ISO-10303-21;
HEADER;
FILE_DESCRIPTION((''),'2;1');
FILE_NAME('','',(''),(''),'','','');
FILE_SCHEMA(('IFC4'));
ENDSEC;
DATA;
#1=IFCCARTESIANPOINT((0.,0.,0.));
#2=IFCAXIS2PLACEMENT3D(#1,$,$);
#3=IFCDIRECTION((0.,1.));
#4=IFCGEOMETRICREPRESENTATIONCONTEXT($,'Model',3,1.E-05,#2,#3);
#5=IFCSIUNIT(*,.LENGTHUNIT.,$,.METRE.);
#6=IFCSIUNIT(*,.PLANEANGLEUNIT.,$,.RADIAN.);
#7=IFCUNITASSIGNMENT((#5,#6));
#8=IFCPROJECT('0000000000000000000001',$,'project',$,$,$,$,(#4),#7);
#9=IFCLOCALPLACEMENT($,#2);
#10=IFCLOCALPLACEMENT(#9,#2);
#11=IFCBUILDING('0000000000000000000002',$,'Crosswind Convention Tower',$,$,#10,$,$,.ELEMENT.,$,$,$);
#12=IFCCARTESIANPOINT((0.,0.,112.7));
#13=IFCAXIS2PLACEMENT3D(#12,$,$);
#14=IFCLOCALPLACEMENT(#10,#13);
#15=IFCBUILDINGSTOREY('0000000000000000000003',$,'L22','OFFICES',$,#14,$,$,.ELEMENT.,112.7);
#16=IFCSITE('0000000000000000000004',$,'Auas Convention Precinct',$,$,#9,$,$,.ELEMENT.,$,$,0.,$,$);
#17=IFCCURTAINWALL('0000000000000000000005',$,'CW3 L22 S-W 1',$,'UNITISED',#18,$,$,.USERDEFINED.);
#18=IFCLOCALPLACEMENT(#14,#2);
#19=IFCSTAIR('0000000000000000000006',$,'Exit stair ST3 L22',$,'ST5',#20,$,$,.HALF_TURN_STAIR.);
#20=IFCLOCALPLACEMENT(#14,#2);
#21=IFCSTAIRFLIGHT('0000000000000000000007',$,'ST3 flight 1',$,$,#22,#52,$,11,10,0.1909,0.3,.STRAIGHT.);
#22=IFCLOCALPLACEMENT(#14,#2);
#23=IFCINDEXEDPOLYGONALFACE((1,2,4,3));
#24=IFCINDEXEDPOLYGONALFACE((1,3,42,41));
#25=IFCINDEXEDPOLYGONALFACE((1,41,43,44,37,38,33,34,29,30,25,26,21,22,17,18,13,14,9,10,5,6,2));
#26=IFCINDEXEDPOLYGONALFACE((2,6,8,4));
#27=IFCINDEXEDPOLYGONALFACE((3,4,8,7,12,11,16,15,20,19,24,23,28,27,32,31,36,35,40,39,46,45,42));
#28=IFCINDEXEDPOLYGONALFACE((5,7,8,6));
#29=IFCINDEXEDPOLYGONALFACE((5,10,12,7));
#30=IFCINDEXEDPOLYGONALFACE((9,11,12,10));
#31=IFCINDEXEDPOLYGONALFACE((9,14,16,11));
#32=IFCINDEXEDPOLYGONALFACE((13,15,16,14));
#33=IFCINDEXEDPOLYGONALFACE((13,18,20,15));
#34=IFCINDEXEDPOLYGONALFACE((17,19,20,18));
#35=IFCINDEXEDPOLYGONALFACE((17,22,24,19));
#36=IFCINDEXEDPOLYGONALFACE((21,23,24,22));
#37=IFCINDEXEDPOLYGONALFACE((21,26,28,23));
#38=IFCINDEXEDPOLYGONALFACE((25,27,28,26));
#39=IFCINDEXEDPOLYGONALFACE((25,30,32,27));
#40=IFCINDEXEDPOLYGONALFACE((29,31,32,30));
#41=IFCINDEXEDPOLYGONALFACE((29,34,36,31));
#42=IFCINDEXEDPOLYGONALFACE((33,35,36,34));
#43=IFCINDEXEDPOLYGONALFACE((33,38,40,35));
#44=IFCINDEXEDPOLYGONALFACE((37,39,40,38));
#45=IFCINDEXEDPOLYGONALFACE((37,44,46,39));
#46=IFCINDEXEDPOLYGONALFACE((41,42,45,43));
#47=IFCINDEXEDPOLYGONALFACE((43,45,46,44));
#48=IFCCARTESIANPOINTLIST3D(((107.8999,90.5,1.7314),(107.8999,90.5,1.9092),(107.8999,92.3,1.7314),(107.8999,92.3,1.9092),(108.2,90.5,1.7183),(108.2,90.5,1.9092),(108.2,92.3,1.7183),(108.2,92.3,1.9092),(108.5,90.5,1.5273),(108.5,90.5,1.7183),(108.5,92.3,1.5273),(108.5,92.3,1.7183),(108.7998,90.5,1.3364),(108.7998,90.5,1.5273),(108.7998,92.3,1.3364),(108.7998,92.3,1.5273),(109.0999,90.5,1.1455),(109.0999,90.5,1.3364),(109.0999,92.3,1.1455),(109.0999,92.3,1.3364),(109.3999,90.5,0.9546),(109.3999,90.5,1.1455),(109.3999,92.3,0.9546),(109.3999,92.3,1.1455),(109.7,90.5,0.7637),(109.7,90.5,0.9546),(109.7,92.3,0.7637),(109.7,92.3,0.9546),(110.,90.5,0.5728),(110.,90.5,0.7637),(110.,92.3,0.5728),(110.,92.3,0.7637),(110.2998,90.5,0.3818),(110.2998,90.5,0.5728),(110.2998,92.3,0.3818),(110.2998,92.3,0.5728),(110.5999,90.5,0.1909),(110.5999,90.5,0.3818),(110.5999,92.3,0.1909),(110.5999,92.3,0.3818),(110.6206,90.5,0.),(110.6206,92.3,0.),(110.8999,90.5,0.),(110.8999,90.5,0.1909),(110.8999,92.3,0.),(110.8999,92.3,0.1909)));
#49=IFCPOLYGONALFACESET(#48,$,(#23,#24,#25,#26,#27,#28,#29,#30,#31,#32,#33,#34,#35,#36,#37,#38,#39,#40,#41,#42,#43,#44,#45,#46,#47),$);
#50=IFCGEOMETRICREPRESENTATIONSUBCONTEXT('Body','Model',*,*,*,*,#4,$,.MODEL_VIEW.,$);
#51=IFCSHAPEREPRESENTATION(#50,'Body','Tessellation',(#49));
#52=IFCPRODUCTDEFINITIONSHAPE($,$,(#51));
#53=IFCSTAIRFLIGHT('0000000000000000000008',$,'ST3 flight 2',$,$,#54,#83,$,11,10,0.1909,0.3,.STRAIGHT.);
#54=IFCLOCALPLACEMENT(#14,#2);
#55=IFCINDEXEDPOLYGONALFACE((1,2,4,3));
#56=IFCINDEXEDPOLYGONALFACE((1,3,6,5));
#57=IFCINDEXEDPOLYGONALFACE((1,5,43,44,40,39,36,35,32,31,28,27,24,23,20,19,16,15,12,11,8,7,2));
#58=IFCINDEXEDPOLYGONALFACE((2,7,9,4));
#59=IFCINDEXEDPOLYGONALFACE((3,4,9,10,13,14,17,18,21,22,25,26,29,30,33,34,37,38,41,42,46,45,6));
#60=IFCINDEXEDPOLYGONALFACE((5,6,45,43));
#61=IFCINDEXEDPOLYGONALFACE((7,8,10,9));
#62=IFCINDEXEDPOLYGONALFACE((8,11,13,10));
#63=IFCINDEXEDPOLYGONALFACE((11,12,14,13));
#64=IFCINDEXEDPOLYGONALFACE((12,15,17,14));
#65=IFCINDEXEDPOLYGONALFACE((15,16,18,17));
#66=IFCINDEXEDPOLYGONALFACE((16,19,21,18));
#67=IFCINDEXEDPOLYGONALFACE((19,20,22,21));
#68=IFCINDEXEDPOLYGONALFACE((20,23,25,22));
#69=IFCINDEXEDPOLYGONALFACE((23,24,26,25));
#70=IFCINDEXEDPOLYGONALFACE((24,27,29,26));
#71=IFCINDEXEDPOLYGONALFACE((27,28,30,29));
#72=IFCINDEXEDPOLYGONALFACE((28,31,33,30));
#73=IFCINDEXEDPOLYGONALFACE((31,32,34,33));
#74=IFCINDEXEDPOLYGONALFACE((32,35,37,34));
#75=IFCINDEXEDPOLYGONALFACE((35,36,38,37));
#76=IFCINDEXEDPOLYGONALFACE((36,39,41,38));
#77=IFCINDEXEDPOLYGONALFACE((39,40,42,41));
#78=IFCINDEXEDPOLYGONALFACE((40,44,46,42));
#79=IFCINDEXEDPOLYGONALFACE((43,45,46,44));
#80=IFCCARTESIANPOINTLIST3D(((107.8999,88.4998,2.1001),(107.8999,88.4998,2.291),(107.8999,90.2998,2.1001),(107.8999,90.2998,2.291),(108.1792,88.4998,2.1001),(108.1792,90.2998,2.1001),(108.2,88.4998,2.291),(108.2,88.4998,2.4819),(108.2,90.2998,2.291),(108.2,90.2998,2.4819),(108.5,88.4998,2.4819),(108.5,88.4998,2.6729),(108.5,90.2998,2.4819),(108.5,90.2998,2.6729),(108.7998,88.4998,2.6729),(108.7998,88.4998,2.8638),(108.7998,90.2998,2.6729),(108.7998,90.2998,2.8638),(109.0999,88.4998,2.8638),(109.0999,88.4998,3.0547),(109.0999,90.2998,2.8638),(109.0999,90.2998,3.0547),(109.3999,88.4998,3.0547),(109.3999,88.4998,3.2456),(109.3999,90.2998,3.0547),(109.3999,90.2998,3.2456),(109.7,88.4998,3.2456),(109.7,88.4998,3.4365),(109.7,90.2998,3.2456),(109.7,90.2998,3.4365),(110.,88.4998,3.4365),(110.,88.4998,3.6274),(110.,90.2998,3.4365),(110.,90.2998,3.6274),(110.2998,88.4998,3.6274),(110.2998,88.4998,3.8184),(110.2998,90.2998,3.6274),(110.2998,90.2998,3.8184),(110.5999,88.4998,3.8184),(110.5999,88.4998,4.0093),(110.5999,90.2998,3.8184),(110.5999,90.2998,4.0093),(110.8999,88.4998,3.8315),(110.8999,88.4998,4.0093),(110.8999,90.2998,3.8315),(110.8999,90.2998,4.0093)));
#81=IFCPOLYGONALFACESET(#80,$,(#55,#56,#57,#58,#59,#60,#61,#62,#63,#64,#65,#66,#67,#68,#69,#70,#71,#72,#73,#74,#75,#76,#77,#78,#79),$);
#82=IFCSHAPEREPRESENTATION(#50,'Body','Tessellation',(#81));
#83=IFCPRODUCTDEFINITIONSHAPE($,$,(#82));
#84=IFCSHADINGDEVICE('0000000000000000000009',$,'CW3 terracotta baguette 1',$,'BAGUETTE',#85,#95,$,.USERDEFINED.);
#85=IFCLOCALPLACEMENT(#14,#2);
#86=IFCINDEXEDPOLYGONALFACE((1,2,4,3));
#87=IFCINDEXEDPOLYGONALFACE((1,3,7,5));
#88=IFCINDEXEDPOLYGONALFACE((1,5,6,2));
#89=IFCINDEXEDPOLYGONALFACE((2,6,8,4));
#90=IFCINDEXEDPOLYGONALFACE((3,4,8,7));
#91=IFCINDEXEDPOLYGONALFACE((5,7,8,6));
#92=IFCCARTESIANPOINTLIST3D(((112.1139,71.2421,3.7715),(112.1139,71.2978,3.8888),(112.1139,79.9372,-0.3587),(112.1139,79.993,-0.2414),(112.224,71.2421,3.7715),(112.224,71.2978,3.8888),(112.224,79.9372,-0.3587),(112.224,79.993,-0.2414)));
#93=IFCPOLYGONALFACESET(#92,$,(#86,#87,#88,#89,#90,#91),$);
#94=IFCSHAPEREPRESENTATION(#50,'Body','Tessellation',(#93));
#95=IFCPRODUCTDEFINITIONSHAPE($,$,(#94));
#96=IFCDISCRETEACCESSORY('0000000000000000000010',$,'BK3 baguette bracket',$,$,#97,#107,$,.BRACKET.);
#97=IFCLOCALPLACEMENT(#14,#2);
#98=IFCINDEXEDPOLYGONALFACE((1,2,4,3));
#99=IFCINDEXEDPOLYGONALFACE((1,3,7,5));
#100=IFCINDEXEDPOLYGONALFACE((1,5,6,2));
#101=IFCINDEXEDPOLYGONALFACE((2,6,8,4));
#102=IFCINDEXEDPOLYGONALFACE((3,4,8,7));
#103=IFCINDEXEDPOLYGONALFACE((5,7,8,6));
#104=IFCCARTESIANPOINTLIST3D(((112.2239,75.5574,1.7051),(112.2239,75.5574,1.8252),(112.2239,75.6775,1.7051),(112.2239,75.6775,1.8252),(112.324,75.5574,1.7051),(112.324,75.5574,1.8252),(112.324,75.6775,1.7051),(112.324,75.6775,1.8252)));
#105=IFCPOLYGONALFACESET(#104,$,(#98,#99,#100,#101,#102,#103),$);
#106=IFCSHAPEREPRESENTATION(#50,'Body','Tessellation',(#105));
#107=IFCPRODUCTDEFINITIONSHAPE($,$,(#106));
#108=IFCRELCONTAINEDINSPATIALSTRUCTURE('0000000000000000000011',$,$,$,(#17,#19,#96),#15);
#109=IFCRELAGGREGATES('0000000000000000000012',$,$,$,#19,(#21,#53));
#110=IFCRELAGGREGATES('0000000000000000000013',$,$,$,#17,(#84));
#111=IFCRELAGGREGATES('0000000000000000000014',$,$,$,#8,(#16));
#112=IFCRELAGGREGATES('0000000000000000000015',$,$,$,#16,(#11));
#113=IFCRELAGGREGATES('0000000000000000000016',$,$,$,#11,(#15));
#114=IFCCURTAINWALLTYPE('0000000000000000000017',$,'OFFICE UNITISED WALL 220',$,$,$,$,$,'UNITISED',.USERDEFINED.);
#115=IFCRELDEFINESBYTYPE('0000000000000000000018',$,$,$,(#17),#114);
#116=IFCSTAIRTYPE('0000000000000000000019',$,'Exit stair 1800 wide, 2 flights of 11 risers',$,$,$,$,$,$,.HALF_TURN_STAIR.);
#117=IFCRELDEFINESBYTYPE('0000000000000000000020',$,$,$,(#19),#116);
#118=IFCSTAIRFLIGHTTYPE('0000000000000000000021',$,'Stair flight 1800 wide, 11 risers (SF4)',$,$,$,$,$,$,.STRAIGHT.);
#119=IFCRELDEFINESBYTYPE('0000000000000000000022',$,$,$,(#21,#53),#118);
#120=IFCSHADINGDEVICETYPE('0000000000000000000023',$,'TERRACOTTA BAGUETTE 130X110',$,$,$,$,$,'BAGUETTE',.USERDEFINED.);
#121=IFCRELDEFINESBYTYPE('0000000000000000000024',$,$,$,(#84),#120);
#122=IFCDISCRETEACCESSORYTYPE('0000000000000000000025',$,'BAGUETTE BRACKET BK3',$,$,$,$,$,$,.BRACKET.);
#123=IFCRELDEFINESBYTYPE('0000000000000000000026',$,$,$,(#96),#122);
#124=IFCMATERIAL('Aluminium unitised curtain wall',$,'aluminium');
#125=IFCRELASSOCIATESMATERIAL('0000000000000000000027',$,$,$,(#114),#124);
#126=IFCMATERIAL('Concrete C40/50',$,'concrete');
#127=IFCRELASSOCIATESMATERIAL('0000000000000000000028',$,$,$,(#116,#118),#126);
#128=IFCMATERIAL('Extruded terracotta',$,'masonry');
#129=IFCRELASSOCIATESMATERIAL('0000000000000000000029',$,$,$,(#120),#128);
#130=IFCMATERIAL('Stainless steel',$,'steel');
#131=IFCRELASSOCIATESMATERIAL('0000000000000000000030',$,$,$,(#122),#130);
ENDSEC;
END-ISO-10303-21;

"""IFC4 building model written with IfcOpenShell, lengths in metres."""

from ifc_helpers import new_model, si_unit, direction, frame, origin, origin_2d, place, context, subcontext, project, spatial, polyline, rectangle, outline, extrude, material, material_profile, profile_set, type_object, element, aggregate, save


model = new_model("IFC4")

# Units and contexts
model_context = context("Model", 3, precision=1e-05, world=origin(), true_north=direction((0.0, 1.0)))
body_context = subcontext(model_context, "Body", "Model", "MODEL_VIEW")
ifc_project = project(units=[si_unit("LENGTHUNIT", "METRE"), si_unit("PLANEANGLEUNIT", "RADIAN")], contexts=[model_context])

# Site, building, storey
site_placement = place(None, origin())
site = spatial("IfcSite", under=ifc_project, at=site_placement, Name="Auas Convention Precinct", CompositionType="ELEMENT", RefElevation=0.0)
building_placement = place(site_placement, origin())
building = spatial("IfcBuilding", under=site, at=building_placement, Name="Crosswind Convention Tower", CompositionType="ELEMENT")
storey_placement = place(building_placement, frame((0.0, 0.0, 112.7)))
storey = spatial("IfcBuildingStorey", under=building, at=storey_placement, Name="L22", Description="OFFICES", CompositionType="ELEMENT", Elevation=112.7)

# Shared definitions
ifc_material_1 = material(Name="Aluminium unitised curtain wall", Category="aluminium")

# Curtain wall
curtain_wall_type_1 = type_object("IfcCurtainWallType", Name="OFFICE UNITISED WALL 220", ElementType="UNITISED", PredefinedType="USERDEFINED", material=ifc_material_1)
curtain_wall_1_placement = place(storey_placement, origin())
curtain_wall_1 = element("IfcCurtainWall", 1, at=curtain_wall_1_placement, inside=storey, type_object=curtain_wall_type_1, Name="CW3 L22 S-W 1", ObjectType="UNITISED", PredefinedType="USERDEFINED")

# Shared definitions
ifc_material_2 = material(Name="Stainless steel", Category="steel")

# Stair, stair flights
ifc_material_3 = material(Name="Concrete C40/50", Category="concrete")
stair_type = type_object("IfcStairType", Name="Exit stair 1800 wide, 2 flights of 11 risers", PredefinedType="HALF_TURN_STAIR", material=ifc_material_3)
stair_placement = place(storey_placement, origin())
stair = element("IfcStair", 2, at=stair_placement, inside=storey, type_object=stair_type, Name="Exit stair ST3 L22", ObjectType="ST5", PredefinedType="HALF_TURN_STAIR")
stair_flight_type = type_object("IfcStairFlightType", Name="Stair flight 1800 wide, 11 risers (SF4)", PredefinedType="STRAIGHT", material=ifc_material_3)
stair_flight_1_placement = place(storey_placement, frame((110.8999, 91.3999, 0.0), z_axis=(0.0, 0.0, 1.0), x_axis=(-1.0, 0.0, 0.0)))
stair_flight_1 = element("IfcStairFlight", 3, at=stair_flight_1_placement, type_object=stair_flight_type, Name="ST3 flight 1", NumberOfRisers=11, NumberOfTreads=10, PredefinedType="STRAIGHT", RiserHeight=0.1909, TreadLength=0.3, context=body_context, shape_type="SweptSolid", body=[
    extrude(outline(polyline([(0.0, 0.0), (0.0, 0.1909), (0.3, 0.1909), (0.3, 0.3818), (0.6001, 0.3818), (0.6001, 0.5728), (0.8999, 0.5728), (0.8999, 0.7637), (1.2, 0.7637), (1.2, 0.9546), (1.5, 0.9546), (1.5, 1.1455), (1.8, 1.1455), (1.8, 1.3364), (2.1001, 1.3364), (2.1001, 1.5273), (2.3999, 1.5273), (2.3999, 1.7183), (2.7, 1.7183), (2.7, 1.9092), (3.0, 1.9092), (3.0, 2.1001), (3.0, 1.7314), (0.2793, 0.0), (0.0, 0.0)])), frame((0.0, 0.8999, 0.0), z_axis=(0.0, -1.0, 0.0), x_axis=(1.0, 0.0, 0.0)), (0.0, 0.0, 1.0), 1.8),
])
stair_flight_2_placement = place(storey_placement, frame((107.8999, 89.3999, 2.1001), z_axis=(0.0, 0.0, 1.0), x_axis=(1.0, 0.0, 0.0)))
stair_flight_2 = element("IfcStairFlight", 4, at=stair_flight_2_placement, type_object=stair_flight_type, Name="ST3 flight 2", NumberOfRisers=11, NumberOfTreads=10, PredefinedType="STRAIGHT", RiserHeight=0.1909, TreadLength=0.3, context=body_context, shape_type="SweptSolid", body=[
    extrude(outline(polyline([(0.0, 0.0), (0.0, 0.1909), (0.3, 0.1909), (0.3, 0.3818), (0.6001, 0.3818), (0.6001, 0.5728), (0.8999, 0.5728), (0.8999, 0.7637), (1.2, 0.7637), (1.2, 0.9546), (1.5, 0.9546), (1.5, 1.1455), (1.8, 1.1455), (1.8, 1.3364), (2.1001, 1.3364), (2.1001, 1.5273), (2.3999, 1.5273), (2.3999, 1.7183), (2.7, 1.7183), (2.7, 1.9092), (3.0, 1.9092), (3.0, 2.1001), (3.0, 1.7314), (0.2793, 0.0), (0.0, 0.0)])), frame((0.0, 0.8999, 0.0), z_axis=(0.0, -1.0, 0.0), x_axis=(1.0, 0.0, 0.0)), (0.0, 0.0, 1.0), 1.8),
])
aggregate(stair, [stair_flight_1, stair_flight_2])

# Shading device
ifc_material_4 = material(Name="Extruded terracotta", Category="masonry")
ifc_material_profile_1 = material_profile(ifc_material_4, rectangle(XDim=0.1101, YDim=0.1299, at=origin_2d()), Name="TC 110X130")
ifc_profile_set_1 = profile_set([ifc_material_profile_1], Name="Extruded terracotta")
shading_device_type = type_object("IfcShadingDeviceType", Name="TERRACOTTA BAGUETTE 130X110", ElementType="BAGUETTE", PredefinedType="USERDEFINED", material=ifc_profile_set_1)
shading_device_placement = place(storey_placement, frame((112.1689, 79.9651, -0.3), z_axis=(0.0, -0.903279, 0.429054), x_axis=(1.0, 0.0, 0.0)))
shading_device = element("IfcShadingDevice", 5, at=shading_device_placement, type_object=shading_device_type, Name="CW3 terracotta baguette 1", ObjectType="BAGUETTE", PredefinedType="USERDEFINED", context=body_context, shape_type="SweptSolid", body=[
    extrude(rectangle(XDim=0.1101, YDim=0.1299, at=origin_2d()), origin(), (0.0, 0.0, 1.0), 9.6262),
])
aggregate(curtain_wall_1, [shading_device])

# Discrete accessory
discrete_accessory_type = type_object("IfcDiscreteAccessoryType", Name="BAGUETTE BRACKET BK3", PredefinedType="BRACKET", material=ifc_material_2)
discrete_accessory_placement = place(storey_placement, frame((112.2739, 75.6174, 1.7051), z_axis=(0.0, 0.0, 1.0), x_axis=(0.0, -1.0, 0.0)))
element("IfcDiscreteAccessory", 6, at=discrete_accessory_placement, inside=storey, type_object=discrete_accessory_type, Name="BK3 baguette bracket", PredefinedType="BRACKET", context=body_context, shape_type="SweptSolid", body=[
    extrude(rectangle(XDim=0.1201, YDim=0.1001, at=origin_2d()), origin(), (0.0, 0.0, 1.0), 0.1201),
])

save(model, "model.ifc")
